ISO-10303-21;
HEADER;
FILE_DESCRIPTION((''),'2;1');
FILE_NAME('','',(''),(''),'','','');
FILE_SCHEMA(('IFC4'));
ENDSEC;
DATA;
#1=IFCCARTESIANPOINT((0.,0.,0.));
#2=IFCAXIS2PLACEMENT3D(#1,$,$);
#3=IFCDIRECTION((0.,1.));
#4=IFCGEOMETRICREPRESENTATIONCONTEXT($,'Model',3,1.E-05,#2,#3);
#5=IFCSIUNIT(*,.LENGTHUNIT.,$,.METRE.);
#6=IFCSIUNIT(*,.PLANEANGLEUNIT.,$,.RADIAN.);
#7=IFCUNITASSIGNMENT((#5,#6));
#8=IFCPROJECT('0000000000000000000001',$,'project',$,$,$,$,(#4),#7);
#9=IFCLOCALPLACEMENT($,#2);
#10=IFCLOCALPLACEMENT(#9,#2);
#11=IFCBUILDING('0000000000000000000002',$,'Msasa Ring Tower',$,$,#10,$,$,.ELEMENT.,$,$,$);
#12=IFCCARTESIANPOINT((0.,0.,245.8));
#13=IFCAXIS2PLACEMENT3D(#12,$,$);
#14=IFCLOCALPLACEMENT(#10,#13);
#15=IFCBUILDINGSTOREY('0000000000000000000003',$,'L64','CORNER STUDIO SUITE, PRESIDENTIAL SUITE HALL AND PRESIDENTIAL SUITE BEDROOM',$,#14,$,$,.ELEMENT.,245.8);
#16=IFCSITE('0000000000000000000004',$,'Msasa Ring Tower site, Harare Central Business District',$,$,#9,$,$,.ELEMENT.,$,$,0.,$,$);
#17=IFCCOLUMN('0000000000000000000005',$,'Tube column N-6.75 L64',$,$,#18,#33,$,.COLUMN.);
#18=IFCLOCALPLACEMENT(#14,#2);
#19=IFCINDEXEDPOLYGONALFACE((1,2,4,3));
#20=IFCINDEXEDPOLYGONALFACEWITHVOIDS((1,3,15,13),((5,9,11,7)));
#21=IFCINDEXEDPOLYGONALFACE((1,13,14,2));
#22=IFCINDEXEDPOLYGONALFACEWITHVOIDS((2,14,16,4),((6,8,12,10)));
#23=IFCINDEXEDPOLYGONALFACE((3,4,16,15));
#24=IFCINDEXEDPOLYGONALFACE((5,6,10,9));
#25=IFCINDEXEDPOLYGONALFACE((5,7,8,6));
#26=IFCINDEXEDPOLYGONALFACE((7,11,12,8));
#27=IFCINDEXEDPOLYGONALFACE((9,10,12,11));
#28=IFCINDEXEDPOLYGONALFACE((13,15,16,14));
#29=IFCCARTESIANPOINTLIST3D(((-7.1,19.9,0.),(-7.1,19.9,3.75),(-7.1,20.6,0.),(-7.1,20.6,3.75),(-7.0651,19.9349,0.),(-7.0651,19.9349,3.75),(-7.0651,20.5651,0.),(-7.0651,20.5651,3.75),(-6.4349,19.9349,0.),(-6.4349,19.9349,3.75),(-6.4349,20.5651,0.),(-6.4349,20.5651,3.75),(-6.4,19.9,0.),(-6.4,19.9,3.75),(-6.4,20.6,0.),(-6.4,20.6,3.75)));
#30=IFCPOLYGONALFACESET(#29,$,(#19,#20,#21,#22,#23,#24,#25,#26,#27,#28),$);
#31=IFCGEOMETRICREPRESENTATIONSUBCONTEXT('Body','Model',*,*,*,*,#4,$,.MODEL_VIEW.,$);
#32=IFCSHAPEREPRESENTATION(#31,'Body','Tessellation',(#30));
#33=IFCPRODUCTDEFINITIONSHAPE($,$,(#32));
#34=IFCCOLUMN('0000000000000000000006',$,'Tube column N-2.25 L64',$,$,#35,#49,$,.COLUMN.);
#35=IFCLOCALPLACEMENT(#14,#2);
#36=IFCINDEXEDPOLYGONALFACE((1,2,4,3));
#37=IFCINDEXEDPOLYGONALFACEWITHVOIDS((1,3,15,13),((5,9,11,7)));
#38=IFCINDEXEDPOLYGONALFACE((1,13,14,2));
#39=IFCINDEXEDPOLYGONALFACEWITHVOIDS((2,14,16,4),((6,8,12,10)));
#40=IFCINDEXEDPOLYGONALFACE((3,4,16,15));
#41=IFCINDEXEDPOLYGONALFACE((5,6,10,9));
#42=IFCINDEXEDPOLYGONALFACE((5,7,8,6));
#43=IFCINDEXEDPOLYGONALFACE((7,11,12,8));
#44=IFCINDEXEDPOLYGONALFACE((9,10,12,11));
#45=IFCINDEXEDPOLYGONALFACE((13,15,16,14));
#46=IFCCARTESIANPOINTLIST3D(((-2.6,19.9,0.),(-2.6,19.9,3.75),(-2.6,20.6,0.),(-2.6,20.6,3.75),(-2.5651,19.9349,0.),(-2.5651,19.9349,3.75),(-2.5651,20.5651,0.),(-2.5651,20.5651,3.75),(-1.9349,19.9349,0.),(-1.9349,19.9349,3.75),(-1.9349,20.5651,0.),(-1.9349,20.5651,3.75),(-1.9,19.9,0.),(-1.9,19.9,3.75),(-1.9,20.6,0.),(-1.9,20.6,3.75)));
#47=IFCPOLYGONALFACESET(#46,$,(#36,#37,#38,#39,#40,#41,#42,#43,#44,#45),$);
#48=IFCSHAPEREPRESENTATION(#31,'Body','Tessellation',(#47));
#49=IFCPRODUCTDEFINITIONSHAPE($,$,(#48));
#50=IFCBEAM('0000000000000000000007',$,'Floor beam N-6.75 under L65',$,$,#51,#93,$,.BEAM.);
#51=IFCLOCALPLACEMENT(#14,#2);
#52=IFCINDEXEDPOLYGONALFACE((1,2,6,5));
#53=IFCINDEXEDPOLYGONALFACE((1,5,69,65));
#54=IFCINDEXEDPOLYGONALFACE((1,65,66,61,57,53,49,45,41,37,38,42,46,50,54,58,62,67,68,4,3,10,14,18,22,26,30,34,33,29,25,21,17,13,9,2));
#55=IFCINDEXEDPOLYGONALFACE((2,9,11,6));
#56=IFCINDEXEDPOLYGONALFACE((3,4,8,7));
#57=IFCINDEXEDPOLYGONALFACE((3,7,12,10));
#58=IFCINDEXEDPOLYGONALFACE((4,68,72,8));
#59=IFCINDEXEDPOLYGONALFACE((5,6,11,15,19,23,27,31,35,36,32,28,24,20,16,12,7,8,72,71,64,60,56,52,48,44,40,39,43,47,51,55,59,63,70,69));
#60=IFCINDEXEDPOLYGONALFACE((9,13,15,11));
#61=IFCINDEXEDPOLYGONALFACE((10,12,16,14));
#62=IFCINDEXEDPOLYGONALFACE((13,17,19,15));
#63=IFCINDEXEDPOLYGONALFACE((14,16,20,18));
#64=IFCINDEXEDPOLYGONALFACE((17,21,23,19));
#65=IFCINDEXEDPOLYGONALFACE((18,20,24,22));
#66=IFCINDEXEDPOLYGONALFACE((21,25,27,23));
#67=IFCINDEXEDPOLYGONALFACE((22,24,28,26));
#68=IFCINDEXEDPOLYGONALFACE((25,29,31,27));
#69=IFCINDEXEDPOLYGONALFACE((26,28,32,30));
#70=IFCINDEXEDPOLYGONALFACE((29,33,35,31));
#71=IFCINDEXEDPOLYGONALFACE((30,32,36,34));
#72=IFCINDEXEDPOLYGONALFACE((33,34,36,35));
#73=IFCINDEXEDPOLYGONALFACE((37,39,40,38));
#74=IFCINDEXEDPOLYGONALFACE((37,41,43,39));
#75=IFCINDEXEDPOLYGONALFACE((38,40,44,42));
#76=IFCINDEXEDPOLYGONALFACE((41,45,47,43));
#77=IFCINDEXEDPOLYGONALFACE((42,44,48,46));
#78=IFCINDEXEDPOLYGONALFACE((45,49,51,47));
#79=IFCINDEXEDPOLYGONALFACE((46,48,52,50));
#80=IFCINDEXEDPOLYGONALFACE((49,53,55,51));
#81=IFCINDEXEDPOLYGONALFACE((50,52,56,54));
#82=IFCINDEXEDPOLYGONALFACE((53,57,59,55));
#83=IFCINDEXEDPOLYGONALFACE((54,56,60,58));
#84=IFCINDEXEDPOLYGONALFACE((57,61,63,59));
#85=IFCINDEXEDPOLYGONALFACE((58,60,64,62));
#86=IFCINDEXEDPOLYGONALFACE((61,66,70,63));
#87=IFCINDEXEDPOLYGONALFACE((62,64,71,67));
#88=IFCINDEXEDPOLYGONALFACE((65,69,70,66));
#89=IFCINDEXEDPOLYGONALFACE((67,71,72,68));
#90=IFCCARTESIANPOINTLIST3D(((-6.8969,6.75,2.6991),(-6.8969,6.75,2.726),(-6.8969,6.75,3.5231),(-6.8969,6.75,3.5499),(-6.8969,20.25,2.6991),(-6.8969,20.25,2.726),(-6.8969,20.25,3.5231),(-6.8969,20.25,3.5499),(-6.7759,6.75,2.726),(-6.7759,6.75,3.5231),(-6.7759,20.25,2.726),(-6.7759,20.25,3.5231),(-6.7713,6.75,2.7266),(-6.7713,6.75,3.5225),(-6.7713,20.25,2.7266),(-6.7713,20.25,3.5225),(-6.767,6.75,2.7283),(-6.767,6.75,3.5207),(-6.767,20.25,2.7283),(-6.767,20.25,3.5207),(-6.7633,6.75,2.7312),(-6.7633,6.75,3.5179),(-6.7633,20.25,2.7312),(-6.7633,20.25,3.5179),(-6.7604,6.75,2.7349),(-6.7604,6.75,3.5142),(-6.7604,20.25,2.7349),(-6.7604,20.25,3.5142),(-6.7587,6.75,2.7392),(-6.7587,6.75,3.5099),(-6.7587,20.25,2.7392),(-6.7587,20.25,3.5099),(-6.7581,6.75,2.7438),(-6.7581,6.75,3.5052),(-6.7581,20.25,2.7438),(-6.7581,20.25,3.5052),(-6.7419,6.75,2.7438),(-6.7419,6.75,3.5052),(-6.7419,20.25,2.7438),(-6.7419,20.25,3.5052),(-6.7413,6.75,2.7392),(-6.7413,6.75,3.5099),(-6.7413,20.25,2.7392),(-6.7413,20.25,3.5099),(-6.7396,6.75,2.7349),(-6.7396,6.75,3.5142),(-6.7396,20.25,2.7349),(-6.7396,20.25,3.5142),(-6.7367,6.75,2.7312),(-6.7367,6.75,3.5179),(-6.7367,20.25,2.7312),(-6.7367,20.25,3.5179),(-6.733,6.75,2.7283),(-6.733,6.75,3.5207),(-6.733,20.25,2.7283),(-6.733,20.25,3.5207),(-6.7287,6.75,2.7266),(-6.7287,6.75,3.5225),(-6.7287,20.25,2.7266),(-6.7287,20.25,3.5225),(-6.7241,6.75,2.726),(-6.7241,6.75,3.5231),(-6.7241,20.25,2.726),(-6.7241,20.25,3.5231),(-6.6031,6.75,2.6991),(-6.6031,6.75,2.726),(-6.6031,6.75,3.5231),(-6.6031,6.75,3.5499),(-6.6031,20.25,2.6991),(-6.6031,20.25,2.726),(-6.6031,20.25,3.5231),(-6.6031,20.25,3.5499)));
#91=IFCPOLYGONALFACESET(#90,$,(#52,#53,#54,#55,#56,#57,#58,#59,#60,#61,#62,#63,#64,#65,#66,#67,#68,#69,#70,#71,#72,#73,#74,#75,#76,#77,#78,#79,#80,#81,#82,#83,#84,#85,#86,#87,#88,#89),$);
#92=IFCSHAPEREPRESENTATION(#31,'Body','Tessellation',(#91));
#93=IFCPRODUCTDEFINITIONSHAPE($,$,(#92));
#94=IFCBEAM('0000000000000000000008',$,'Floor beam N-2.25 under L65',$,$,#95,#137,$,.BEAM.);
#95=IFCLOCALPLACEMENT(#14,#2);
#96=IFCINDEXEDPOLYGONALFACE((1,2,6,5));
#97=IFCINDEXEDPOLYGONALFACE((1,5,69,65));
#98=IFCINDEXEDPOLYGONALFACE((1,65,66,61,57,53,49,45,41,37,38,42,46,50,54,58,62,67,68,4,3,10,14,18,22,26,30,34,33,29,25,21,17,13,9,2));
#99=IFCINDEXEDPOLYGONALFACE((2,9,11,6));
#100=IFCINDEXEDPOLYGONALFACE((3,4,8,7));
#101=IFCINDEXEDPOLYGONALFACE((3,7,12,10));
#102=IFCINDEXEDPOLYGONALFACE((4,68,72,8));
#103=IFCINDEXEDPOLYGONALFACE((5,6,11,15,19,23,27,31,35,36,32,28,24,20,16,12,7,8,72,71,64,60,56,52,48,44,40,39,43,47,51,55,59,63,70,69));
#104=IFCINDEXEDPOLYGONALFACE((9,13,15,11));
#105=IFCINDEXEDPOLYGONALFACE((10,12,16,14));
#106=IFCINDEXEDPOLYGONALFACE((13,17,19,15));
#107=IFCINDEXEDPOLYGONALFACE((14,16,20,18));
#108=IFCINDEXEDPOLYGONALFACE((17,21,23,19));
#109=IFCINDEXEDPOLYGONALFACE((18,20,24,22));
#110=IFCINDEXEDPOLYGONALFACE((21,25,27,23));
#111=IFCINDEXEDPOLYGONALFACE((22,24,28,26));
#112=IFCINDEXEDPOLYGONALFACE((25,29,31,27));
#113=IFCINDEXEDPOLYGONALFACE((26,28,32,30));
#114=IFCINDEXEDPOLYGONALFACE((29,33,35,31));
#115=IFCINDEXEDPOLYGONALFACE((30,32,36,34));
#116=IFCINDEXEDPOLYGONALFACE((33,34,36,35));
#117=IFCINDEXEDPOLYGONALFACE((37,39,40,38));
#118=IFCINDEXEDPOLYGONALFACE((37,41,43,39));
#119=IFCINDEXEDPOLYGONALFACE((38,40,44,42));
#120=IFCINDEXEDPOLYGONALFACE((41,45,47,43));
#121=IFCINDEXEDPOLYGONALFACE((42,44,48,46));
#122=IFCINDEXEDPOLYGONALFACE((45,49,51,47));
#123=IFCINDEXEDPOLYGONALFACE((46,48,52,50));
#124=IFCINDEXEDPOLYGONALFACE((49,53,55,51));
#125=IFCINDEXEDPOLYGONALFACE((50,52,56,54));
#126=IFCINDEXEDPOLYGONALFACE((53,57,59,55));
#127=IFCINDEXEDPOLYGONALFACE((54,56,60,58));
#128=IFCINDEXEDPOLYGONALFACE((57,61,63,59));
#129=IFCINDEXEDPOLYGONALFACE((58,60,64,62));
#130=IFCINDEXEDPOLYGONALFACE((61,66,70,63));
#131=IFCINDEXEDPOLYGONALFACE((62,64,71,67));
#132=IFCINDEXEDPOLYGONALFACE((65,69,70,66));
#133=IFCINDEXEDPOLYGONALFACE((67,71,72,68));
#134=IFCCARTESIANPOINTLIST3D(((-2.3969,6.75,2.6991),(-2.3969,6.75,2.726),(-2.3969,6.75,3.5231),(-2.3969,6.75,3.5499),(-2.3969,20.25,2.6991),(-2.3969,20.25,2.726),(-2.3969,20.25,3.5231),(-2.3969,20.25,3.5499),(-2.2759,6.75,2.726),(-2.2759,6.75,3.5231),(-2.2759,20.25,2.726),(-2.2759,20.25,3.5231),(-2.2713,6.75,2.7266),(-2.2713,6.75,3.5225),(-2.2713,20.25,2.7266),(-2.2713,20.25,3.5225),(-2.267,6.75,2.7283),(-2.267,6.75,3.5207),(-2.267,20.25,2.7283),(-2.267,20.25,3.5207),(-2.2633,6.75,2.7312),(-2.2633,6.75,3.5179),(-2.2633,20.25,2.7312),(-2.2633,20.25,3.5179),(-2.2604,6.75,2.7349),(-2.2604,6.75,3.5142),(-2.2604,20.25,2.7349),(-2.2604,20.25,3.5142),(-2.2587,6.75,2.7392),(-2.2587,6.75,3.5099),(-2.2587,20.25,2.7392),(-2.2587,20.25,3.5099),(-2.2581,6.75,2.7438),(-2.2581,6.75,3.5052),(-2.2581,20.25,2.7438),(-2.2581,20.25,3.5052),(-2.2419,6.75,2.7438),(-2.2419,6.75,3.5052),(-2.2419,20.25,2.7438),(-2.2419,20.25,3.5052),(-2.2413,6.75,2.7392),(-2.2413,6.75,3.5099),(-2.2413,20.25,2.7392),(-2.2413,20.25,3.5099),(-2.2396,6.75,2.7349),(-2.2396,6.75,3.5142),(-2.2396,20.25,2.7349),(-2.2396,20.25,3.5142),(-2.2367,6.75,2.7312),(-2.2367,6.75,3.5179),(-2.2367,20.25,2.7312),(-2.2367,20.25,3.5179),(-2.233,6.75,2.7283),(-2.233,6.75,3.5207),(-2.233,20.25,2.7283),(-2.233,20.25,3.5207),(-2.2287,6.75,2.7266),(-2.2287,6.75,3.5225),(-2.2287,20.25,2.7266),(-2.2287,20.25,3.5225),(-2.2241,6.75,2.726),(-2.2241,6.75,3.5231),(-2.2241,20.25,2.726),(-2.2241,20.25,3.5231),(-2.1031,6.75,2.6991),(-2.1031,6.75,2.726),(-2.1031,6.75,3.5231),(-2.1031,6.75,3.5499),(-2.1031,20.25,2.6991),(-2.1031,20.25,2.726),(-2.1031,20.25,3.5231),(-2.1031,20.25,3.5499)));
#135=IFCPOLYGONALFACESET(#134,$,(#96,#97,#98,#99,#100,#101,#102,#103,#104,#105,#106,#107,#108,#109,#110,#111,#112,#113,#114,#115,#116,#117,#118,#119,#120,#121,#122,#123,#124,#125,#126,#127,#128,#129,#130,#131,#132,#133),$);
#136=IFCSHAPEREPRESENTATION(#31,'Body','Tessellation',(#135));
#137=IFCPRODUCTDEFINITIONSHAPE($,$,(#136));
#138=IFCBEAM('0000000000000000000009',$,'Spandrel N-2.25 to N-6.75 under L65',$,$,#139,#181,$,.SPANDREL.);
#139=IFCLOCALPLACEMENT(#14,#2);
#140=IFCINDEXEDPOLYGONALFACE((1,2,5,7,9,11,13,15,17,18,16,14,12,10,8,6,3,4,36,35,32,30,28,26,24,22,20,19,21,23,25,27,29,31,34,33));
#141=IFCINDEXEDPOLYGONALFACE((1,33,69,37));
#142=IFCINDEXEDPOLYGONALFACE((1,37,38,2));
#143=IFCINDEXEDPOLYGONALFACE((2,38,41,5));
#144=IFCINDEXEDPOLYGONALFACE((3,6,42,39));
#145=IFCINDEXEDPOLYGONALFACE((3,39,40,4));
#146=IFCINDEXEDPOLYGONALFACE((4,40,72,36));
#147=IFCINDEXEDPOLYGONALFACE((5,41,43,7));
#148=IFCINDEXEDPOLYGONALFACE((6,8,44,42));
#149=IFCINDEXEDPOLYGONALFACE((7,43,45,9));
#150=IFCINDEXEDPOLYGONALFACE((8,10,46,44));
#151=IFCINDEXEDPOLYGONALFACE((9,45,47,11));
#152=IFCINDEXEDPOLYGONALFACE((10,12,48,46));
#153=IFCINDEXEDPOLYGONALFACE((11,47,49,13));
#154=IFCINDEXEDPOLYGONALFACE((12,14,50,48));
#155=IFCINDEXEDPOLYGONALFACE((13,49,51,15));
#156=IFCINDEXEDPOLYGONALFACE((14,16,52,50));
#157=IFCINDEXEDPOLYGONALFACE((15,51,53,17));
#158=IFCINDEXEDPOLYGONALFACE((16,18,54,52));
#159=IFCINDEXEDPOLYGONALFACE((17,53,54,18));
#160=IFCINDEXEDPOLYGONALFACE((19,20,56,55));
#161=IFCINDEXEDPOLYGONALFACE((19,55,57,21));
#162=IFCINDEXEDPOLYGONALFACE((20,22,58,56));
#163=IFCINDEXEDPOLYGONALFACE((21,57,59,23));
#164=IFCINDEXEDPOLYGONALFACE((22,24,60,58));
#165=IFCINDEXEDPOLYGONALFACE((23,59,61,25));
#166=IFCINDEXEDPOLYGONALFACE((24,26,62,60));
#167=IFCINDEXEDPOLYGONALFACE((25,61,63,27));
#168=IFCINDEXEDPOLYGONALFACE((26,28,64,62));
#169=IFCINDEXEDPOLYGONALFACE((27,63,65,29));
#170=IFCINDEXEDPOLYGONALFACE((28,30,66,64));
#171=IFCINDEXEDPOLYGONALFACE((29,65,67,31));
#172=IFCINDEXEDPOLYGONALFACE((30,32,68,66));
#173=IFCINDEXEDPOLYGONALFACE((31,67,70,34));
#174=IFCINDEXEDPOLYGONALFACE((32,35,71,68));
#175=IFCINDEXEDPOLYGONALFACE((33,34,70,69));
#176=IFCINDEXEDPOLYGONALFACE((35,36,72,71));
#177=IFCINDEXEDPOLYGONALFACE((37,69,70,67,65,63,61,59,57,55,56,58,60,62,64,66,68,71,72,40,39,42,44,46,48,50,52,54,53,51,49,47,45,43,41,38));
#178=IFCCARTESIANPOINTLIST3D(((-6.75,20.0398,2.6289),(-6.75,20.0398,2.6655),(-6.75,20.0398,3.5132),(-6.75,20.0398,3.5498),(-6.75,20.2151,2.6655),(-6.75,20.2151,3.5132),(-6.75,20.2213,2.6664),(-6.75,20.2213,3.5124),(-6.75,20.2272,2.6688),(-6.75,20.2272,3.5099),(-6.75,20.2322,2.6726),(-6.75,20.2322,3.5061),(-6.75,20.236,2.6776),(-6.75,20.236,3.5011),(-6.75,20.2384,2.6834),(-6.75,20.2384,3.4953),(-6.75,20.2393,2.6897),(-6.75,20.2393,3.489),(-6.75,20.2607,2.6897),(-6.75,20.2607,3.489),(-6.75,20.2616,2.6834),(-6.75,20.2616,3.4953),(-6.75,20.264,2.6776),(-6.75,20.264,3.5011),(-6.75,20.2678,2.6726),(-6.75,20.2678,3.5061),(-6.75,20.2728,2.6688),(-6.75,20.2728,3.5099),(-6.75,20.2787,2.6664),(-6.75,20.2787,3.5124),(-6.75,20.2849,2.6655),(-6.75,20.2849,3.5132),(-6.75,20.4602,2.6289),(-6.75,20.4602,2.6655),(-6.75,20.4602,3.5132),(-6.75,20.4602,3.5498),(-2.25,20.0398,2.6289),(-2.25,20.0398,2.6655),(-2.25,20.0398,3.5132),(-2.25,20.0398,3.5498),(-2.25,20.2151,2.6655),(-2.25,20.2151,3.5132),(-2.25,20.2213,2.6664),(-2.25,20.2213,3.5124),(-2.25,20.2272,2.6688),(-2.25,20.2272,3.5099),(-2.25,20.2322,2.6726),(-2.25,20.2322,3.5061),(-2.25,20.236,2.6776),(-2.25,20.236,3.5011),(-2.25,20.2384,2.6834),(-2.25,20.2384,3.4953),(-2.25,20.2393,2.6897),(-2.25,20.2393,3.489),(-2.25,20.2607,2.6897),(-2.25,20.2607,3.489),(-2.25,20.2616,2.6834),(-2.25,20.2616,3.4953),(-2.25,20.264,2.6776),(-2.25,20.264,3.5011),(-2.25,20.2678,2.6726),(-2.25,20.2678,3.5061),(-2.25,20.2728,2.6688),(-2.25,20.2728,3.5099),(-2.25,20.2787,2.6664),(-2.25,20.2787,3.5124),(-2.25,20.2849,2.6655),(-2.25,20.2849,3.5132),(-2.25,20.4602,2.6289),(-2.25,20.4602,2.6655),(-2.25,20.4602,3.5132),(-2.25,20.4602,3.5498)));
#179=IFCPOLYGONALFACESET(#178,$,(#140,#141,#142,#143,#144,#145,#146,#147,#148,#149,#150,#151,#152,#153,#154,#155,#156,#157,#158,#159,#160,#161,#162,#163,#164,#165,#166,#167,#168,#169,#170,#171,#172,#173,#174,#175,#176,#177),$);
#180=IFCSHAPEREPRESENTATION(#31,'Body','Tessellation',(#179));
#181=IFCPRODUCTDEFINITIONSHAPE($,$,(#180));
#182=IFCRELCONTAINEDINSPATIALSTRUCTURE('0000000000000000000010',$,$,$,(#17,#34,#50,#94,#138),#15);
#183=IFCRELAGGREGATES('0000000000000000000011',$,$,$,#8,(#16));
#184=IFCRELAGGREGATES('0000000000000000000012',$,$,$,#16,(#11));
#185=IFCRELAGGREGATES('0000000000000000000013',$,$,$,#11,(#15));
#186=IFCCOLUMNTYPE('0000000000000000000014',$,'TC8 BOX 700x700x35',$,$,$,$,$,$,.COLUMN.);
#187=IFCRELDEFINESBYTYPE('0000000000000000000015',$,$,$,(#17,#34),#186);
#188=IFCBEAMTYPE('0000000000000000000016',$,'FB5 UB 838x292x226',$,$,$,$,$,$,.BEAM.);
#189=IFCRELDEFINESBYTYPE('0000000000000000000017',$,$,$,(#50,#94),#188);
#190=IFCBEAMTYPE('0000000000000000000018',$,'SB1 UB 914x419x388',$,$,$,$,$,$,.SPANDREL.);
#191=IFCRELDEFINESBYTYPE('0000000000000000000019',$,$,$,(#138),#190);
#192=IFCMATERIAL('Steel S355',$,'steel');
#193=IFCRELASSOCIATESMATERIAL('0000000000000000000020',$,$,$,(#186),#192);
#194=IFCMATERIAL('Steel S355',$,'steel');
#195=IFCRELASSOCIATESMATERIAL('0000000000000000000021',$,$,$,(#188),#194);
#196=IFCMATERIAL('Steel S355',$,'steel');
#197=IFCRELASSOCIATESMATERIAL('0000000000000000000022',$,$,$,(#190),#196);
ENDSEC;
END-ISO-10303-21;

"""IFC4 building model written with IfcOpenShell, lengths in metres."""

from ifc_helpers import new_model, si_unit, direction, frame, origin, origin_2d, place, context, subcontext, project, spatial, hollow_rectangle, i_section, extrude, material, material_profile, profile_set, type_object, element, save


model = new_model("IFC4")

# Units and contexts
model_context = context("Model", 3, precision=1e-05, world=origin(), true_north=direction((0.0, 1.0)))
body_context = subcontext(model_context, "Body", "Model", "MODEL_VIEW")
ifc_project = project(units=[si_unit("LENGTHUNIT", "METRE"), si_unit("PLANEANGLEUNIT", "RADIAN")], contexts=[model_context])

# Site, building, storey
site_placement = place(None, origin())
site = spatial("IfcSite", under=ifc_project, at=site_placement, Name="Msasa Ring Tower site, Harare Central Business District", CompositionType="ELEMENT", RefElevation=0.0)
building_placement = place(site_placement, origin())
building = spatial("IfcBuilding", under=site, at=building_placement, Name="Msasa Ring Tower", CompositionType="ELEMENT")
storey_placement = place(building_placement, frame((0.0, 0.0, 245.8)))
storey = spatial("IfcBuildingStorey", under=building, at=storey_placement, Name="L64", Description="CORNER STUDIO SUITE, PRESIDENTIAL SUITE HALL AND PRESIDENTIAL SUITE BEDROOM", CompositionType="ELEMENT", Elevation=245.8)

# Columns
ifc_material_1 = material(Name="Steel S355", Category="steel")
ifc_material_profile_1 = material_profile(ifc_material_1, hollow_rectangle(XDim=0.7, YDim=0.7, WallThickness=0.0349, at=origin_2d()), Name="BOX 700x700x35")
ifc_profile_set_1 = profile_set([ifc_material_profile_1], Name="Steel S355")
column_type = type_object("IfcColumnType", Name="TC8 BOX 700x700x35", PredefinedType="COLUMN", material=ifc_profile_set_1)
for number, where, z_axis, x_axis, name in (
    (1, (-6.75, 20.25, 0.0), (0.0, 0.0, 1.0), (0.0, 1.0, 0.0), "Tube column N-6.75 L64"),
    (2, (-2.25, 20.25, 0.0), (0.0, 0.0, 1.0), (0.0, 1.0, 0.0), "Tube column N-2.25 L64"),
):
    element("IfcColumn", number, at=place(storey_placement, frame(where, z_axis=z_axis, x_axis=x_axis)), inside=storey, type_object=column_type, Name=name, PredefinedType="COLUMN", context=body_context, shape_type="SweptSolid", body=[
        extrude(hollow_rectangle(XDim=0.7, YDim=0.7, WallThickness=0.0349, at=origin_2d()), origin(), (0.0, 0.0, 1.0), 3.75),
    ])

# Beams
ifc_material_2 = material(Name="Steel S355", Category="steel")
ifc_material_profile_2 = material_profile(ifc_material_2, i_section(OverallWidth=0.2937, OverallDepth=0.8508, WebThickness=0.0161, FlangeThickness=0.0269, FilletRadius=0.0178, at=origin_2d()), Name="UB 838x292x226")
ifc_profile_set_2 = profile_set([ifc_material_profile_2], Name="Steel S355")
beam_type_1 = type_object("IfcBeamType", Name="FB5 UB 838x292x226", PredefinedType="BEAM", material=ifc_profile_set_2)
for number, where, z_axis, x_axis, name in (
    (3, (-6.75, 20.25, 3.1245), (0.0, -1.0, 0.0), (1.0, 0.0, 0.0), "Floor beam N-6.75 under L65"),
    (4, (-2.25, 20.25, 3.1245), (0.0, -1.0, 0.0), (1.0, 0.0, 0.0), "Floor beam N-2.25 under L65"),
):
    element("IfcBeam", number, at=place(storey_placement, frame(where, z_axis=z_axis, x_axis=x_axis)), inside=storey, type_object=beam_type_1, Name=name, PredefinedType="BEAM", context=body_context, shape_type="SweptSolid", body=[
        extrude(i_section(OverallWidth=0.2937, OverallDepth=0.8508, WebThickness=0.0161, FlangeThickness=0.0269, FilletRadius=0.0178, at=origin_2d()), origin(), (0.0, 0.0, 1.0), 13.5),
    ])
ifc_material_3 = material(Name="Steel S355", Category="steel")
ifc_material_profile_3 = material_profile(ifc_material_3, i_section(OverallWidth=0.4204, OverallDepth=0.9209, WebThickness=0.0215, FlangeThickness=0.0366, FilletRadius=0.0242, at=origin_2d()), Name="UB 914x419x388")
ifc_profile_set_3 = profile_set([ifc_material_profile_3], Name="Steel S355")
beam_type_2 = type_object("IfcBeamType", Name="SB1 UB 914x419x388", PredefinedType="SPANDREL", material=ifc_profile_set_3)
for number, where, z_axis, x_axis, name in (
    (5, (-2.25, 20.25, 3.0894), (-1.0, 0.0, 0.0), (0.0, -1.0, 0.0), "Spandrel N-2.25 to N-6.75 under L65"),
):
    element("IfcBeam", number, at=place(storey_placement, frame(where, z_axis=z_axis, x_axis=x_axis)), inside=storey, type_object=beam_type_2, Name=name, PredefinedType="SPANDREL", context=body_context, shape_type="SweptSolid", body=[
        extrude(i_section(OverallWidth=0.4204, OverallDepth=0.9209, WebThickness=0.0215, FlangeThickness=0.0366, FilletRadius=0.0242, at=origin_2d()), origin(), (0.0, 0.0, 1.0), 4.5),
    ])

save(model, "model.ifc")
